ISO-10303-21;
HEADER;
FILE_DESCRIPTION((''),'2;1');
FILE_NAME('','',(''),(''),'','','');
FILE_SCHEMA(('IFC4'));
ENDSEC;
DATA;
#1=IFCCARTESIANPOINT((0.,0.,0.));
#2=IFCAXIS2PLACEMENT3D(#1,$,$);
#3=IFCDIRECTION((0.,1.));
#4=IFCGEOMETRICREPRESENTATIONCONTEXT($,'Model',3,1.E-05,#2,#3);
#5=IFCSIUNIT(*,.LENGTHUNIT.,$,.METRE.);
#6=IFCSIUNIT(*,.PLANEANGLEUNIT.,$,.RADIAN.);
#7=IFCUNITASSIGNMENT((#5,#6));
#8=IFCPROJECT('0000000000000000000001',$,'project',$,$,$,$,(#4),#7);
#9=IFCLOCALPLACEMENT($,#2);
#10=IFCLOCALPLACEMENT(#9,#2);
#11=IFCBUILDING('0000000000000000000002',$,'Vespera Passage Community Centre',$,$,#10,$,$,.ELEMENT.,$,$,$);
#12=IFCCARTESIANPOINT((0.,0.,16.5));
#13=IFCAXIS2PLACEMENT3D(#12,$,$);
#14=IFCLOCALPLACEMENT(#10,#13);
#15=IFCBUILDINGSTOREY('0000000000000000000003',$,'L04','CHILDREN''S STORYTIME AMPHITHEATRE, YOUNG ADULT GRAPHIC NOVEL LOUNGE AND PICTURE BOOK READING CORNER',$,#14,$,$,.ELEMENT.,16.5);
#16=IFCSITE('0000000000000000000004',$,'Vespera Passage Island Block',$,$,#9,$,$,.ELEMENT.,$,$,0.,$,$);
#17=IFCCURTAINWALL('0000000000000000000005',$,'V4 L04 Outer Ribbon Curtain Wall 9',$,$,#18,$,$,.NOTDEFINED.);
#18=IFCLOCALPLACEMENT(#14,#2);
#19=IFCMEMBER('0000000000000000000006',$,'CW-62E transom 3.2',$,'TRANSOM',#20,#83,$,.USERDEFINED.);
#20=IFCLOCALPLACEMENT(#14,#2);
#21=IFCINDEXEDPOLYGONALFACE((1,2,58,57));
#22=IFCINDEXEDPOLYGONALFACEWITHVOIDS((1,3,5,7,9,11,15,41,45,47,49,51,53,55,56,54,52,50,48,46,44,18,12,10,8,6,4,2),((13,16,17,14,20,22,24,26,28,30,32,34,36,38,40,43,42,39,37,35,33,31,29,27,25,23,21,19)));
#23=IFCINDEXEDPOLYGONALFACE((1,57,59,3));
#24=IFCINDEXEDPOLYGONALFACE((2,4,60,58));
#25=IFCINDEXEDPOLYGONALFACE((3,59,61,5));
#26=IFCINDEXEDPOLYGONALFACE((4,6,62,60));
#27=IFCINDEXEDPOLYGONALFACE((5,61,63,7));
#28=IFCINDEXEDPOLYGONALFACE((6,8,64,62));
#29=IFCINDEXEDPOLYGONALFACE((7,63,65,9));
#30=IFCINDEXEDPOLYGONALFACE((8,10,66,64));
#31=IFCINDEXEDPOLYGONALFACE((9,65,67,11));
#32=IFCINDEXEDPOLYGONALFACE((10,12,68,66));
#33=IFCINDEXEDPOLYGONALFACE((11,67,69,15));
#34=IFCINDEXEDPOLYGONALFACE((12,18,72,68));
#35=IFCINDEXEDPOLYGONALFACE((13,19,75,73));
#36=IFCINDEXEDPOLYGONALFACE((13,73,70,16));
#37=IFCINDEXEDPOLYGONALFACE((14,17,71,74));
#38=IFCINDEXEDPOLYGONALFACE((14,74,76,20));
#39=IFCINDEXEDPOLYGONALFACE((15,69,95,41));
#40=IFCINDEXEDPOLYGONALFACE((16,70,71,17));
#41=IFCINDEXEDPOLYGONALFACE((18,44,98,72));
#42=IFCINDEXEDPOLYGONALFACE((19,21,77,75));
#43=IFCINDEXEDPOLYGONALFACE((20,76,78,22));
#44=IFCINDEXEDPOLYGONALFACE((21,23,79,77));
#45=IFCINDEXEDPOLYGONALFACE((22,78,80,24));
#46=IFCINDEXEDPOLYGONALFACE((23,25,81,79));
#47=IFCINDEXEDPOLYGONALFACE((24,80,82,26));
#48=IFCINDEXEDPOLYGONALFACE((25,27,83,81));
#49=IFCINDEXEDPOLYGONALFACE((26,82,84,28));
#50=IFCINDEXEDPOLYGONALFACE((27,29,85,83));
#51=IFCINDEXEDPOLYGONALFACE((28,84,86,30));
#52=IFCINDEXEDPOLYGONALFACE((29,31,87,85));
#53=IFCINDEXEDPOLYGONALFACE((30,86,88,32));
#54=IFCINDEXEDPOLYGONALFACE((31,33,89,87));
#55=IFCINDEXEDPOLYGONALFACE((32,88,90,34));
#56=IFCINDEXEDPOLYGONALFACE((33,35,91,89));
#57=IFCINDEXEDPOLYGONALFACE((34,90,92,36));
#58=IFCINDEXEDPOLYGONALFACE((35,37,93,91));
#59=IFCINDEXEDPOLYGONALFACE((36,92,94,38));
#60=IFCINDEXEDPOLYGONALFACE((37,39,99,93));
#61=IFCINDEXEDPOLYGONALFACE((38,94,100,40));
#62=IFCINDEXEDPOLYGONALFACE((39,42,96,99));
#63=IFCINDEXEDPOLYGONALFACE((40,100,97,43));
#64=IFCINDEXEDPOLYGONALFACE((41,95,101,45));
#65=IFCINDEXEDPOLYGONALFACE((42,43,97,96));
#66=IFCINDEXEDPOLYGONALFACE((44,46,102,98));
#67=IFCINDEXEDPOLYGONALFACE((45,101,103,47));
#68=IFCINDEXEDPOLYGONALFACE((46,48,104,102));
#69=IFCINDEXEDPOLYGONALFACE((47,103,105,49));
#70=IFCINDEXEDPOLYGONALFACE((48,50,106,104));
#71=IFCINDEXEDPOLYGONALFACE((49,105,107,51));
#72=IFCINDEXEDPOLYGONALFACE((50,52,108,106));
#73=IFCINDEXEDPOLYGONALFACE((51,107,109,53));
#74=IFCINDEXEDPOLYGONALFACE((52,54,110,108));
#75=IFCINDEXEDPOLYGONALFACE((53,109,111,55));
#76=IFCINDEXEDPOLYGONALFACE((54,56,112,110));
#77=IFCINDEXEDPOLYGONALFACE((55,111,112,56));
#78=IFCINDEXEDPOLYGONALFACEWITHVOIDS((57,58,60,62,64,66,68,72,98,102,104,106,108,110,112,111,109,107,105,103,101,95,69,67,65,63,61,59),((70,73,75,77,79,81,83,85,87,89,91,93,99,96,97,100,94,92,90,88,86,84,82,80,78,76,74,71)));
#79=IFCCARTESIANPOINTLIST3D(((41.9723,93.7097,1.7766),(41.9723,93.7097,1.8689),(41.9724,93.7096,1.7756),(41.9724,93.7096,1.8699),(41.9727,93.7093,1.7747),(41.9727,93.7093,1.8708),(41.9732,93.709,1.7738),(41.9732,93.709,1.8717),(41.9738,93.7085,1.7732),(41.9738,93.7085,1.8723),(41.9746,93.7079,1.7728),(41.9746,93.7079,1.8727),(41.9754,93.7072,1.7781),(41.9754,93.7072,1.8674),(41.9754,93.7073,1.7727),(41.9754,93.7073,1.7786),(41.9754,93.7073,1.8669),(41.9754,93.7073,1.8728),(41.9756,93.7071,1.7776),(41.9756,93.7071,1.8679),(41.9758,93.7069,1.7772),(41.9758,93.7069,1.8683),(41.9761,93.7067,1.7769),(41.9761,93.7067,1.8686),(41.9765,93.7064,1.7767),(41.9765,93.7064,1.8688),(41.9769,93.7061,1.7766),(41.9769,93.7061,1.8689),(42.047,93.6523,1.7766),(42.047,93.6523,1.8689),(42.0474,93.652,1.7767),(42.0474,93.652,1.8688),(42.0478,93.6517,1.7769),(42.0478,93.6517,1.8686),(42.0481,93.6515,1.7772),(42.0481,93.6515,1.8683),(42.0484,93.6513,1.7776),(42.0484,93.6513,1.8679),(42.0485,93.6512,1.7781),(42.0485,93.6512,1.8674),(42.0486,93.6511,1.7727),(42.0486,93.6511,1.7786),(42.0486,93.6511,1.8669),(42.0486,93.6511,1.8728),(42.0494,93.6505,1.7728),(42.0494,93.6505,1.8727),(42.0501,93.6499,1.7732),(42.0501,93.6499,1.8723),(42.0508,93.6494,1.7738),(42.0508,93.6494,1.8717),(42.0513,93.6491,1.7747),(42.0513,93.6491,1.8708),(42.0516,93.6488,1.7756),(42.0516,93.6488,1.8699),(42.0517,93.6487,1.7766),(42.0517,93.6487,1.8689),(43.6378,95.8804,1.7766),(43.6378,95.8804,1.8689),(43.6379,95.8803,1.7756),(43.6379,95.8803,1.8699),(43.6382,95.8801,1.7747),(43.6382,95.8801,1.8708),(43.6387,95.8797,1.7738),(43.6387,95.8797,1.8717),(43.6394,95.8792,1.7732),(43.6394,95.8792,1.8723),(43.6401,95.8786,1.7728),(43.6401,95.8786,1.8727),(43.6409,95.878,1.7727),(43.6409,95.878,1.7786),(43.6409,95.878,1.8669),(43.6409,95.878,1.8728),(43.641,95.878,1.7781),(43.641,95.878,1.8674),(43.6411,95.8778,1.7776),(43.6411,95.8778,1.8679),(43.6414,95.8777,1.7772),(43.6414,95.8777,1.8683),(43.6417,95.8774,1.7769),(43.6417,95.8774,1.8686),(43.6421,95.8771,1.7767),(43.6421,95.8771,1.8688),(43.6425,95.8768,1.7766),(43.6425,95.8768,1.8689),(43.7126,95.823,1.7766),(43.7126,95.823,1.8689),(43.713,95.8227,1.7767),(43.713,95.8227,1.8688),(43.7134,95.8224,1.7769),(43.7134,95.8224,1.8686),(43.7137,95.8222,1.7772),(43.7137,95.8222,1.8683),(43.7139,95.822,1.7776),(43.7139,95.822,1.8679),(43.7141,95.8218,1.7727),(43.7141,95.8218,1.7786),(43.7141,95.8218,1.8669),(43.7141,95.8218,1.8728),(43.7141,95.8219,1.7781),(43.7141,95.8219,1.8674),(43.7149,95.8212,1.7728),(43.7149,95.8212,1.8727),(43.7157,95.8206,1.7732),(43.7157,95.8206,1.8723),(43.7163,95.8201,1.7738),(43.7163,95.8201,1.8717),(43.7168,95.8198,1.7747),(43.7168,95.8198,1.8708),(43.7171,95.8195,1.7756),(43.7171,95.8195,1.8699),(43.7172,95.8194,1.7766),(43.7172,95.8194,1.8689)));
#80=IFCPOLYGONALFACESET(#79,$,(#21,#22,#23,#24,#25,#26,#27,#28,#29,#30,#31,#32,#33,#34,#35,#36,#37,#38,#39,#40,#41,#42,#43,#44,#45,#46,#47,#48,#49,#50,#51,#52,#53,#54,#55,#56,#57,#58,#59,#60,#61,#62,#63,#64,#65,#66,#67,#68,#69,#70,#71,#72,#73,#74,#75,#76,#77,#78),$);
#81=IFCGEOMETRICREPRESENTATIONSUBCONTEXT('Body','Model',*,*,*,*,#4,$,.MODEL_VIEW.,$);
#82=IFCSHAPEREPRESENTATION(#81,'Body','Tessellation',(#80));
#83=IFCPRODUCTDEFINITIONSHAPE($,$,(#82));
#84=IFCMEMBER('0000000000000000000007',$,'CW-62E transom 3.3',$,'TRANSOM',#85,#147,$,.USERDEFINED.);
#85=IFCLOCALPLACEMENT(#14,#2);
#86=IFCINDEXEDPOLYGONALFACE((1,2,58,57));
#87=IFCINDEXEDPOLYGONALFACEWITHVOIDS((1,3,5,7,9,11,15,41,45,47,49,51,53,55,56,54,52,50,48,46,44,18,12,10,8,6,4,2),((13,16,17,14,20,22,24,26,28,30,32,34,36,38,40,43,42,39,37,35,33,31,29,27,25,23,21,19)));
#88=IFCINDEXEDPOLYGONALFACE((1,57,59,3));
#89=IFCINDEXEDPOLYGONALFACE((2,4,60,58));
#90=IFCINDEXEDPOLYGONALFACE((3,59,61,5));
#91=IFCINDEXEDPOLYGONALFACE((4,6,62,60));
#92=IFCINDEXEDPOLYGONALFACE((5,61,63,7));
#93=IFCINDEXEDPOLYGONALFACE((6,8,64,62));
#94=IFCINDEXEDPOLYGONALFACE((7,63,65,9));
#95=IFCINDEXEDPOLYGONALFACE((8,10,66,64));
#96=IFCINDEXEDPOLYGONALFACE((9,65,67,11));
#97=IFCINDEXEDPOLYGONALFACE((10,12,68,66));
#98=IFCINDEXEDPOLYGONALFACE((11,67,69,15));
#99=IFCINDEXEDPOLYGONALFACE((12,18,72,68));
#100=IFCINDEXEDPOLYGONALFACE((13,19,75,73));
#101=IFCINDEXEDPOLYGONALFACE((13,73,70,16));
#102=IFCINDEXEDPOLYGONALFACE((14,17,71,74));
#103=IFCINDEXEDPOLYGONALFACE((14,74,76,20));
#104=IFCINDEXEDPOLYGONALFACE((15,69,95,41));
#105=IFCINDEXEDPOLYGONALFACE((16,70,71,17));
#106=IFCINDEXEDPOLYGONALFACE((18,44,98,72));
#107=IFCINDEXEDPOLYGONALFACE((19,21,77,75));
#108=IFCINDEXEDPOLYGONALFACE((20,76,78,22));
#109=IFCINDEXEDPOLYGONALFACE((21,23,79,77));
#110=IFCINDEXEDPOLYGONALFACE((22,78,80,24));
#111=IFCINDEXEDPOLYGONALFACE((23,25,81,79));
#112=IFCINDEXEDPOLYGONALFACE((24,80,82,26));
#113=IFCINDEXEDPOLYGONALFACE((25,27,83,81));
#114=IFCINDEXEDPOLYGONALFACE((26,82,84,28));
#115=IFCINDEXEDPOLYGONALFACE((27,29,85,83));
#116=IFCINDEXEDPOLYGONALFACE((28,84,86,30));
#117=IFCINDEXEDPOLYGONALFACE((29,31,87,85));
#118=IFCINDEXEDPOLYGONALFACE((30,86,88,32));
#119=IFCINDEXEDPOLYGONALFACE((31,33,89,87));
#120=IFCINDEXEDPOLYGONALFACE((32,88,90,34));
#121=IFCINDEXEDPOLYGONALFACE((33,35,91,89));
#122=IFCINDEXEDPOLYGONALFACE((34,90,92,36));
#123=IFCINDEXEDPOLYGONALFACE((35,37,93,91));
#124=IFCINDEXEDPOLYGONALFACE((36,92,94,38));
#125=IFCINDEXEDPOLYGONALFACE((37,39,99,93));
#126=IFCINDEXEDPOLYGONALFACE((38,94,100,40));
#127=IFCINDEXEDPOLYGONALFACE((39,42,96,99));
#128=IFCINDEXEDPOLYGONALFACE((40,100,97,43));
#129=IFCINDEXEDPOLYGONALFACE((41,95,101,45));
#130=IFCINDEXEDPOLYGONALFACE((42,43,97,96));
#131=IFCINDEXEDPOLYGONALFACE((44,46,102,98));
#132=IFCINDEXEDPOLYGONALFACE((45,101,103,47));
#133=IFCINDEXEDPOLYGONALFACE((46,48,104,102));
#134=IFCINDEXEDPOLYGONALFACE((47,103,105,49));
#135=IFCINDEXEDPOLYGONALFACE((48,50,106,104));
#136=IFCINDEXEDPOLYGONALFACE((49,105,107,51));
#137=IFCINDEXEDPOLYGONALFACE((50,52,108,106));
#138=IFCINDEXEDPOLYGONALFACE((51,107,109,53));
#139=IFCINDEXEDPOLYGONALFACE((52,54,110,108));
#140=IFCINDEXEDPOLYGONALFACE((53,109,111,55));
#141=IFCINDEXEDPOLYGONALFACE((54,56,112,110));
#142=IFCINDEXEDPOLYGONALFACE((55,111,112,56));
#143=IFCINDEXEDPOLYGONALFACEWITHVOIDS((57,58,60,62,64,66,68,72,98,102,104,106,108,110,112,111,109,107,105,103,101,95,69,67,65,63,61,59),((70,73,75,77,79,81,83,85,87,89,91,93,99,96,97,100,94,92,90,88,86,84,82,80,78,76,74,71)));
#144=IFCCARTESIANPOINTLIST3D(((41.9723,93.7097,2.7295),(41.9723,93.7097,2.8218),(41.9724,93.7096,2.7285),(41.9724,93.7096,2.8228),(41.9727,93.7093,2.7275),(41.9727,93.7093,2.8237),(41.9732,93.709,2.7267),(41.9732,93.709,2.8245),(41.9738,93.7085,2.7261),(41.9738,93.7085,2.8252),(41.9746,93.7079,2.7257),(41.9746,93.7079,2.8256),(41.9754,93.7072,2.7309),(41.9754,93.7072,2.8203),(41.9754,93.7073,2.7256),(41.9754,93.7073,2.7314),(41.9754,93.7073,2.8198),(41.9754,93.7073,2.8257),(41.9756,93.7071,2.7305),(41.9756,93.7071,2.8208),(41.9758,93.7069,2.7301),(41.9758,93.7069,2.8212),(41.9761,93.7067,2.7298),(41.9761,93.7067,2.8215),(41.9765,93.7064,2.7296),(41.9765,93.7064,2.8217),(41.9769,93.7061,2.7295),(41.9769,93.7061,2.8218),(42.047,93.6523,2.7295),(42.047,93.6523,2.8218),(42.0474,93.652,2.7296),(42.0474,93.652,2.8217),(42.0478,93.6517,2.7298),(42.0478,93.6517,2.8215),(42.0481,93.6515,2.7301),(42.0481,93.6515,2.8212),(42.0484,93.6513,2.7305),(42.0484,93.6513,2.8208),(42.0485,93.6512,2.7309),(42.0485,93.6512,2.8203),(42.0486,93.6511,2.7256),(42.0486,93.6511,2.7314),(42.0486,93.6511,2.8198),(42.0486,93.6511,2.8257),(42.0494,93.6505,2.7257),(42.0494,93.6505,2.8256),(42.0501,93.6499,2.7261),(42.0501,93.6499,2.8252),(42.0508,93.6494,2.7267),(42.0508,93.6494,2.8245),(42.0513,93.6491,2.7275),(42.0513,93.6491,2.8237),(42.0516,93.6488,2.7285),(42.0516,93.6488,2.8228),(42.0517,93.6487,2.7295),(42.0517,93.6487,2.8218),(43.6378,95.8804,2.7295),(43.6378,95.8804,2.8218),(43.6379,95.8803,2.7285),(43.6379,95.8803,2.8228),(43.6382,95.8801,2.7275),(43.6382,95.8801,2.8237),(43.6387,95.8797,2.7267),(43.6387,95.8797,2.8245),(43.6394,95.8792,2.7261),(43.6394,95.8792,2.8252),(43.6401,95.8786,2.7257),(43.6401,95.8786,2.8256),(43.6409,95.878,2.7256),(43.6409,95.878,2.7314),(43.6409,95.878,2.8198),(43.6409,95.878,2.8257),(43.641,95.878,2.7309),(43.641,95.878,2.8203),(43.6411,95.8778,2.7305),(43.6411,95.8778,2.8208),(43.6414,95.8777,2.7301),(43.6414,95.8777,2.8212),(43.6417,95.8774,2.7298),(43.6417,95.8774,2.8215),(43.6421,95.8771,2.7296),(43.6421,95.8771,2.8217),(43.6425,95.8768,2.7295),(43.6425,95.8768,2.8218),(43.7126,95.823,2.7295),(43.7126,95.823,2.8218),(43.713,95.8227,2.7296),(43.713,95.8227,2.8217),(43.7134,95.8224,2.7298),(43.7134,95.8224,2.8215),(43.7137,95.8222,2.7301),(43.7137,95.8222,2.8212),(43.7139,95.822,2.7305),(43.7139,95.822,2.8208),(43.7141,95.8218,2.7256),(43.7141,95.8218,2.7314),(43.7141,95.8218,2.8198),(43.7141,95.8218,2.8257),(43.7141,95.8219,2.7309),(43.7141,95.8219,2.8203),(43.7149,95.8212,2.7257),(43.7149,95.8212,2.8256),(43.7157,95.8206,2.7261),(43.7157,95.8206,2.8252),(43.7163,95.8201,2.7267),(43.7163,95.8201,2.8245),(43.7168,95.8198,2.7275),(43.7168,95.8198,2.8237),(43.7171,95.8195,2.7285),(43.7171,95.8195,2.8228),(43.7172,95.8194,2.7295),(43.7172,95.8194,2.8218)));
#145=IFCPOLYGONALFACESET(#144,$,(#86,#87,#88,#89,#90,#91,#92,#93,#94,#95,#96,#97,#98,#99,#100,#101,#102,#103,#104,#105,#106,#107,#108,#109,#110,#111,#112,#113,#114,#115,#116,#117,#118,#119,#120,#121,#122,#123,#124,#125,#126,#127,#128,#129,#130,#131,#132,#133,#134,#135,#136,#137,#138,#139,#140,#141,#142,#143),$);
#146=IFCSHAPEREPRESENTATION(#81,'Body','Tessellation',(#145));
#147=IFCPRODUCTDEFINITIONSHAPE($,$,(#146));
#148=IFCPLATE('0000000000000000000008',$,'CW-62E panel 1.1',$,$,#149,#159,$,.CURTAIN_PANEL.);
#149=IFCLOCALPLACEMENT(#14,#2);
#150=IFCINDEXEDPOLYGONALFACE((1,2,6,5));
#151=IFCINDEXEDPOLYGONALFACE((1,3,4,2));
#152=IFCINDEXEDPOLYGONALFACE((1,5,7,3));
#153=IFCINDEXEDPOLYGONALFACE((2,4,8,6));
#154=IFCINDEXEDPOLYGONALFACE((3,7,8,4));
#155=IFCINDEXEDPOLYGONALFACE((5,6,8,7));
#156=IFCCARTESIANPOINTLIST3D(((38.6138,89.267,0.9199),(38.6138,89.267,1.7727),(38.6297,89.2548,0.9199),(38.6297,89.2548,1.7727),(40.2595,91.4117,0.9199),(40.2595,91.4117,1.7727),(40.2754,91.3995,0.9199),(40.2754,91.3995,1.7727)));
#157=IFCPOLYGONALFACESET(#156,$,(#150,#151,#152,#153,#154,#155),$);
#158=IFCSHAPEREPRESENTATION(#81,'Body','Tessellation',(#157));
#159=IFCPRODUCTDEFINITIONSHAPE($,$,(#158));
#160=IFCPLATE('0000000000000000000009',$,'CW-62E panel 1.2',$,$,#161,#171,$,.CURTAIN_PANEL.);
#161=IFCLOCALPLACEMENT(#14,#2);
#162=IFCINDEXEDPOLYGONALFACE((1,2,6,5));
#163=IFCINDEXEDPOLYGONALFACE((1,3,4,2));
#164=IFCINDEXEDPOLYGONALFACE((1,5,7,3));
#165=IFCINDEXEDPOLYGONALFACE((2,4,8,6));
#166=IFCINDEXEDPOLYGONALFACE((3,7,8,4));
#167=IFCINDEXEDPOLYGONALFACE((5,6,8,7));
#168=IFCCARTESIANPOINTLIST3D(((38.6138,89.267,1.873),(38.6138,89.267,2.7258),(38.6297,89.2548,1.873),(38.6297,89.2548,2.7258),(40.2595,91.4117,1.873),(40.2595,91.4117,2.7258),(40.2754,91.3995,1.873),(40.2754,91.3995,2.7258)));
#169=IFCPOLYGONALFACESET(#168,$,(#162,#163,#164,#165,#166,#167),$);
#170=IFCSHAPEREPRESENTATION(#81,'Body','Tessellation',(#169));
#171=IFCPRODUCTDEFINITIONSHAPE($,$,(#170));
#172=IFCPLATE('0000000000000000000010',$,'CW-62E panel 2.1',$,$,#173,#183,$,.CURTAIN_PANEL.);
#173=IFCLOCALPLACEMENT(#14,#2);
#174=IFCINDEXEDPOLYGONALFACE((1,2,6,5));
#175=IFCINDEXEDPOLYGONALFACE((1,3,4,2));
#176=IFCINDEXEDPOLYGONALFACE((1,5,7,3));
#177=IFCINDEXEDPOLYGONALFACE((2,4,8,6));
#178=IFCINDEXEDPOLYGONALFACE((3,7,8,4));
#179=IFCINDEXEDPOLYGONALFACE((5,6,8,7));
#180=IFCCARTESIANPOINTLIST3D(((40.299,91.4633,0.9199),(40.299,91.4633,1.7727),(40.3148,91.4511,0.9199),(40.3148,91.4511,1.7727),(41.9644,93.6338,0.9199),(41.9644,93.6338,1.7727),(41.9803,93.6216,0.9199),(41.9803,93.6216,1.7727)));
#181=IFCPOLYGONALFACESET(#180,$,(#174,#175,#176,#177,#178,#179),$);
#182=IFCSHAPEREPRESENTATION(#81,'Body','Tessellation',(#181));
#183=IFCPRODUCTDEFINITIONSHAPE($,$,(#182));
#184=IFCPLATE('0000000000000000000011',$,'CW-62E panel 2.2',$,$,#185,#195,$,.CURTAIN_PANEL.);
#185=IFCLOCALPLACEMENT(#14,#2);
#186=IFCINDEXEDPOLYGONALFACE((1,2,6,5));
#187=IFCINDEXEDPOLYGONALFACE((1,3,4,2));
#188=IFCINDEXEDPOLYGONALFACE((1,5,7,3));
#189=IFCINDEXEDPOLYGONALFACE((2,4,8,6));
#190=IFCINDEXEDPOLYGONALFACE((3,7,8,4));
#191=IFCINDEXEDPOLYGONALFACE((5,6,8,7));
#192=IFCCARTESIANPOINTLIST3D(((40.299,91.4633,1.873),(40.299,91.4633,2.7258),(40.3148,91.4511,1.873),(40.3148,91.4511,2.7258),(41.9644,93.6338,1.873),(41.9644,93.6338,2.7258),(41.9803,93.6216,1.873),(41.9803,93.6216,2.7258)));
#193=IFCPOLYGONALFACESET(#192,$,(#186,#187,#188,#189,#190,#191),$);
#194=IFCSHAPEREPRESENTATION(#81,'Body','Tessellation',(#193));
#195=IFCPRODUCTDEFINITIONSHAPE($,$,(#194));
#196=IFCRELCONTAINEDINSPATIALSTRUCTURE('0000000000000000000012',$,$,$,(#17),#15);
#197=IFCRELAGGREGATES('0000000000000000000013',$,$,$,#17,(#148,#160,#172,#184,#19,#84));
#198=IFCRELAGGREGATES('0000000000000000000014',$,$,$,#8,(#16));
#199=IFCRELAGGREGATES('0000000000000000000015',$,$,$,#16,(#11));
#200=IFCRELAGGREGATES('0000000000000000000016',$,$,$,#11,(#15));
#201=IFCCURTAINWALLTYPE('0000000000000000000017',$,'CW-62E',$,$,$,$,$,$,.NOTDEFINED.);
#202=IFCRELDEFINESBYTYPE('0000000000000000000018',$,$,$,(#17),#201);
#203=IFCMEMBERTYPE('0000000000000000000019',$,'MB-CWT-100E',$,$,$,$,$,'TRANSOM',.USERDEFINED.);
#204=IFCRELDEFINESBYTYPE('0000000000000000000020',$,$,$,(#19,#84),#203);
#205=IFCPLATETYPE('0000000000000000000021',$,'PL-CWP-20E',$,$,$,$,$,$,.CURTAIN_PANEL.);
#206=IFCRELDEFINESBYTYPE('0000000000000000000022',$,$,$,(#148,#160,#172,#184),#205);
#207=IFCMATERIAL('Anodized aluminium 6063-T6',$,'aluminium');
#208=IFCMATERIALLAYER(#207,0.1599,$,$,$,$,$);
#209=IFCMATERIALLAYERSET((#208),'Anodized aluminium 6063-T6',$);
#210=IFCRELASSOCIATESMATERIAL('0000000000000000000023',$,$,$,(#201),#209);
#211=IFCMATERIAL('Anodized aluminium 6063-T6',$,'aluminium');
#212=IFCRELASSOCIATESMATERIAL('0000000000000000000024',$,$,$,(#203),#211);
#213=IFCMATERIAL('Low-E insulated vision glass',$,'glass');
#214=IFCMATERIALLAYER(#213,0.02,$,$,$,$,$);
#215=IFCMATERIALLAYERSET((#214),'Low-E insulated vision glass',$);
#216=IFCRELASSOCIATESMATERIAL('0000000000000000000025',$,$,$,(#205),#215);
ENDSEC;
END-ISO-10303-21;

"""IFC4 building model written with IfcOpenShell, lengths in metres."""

from ifc_helpers import new_model, si_unit, direction, frame, origin, origin_2d, place, context, subcontext, project, spatial, rectangle, hollow_rectangle, extrude, material, layer, layer_set, material_profile, profile_set, type_object, element, aggregate, save


model = new_model("IFC4")

# Units and contexts
model_context = context("Model", 3, precision=1e-05, world=origin(), true_north=direction((0.0, 1.0)))
body_context = subcontext(model_context, "Body", "Model", "MODEL_VIEW")
ifc_project = project(units=[si_unit("LENGTHUNIT", "METRE"), si_unit("PLANEANGLEUNIT", "RADIAN")], contexts=[model_context])

# Site, building, storey
site_placement = place(None, origin())
site = spatial("IfcSite", under=ifc_project, at=site_placement, Name="Vespera Passage Island Block", CompositionType="ELEMENT", RefElevation=0.0)
building_placement = place(site_placement, origin())
building = spatial("IfcBuilding", under=site, at=building_placement, Name="Vespera Passage Community Centre", CompositionType="ELEMENT")
storey_placement = place(building_placement, frame((0.0, 0.0, 16.5)))
storey = spatial("IfcBuildingStorey", under=building, at=storey_placement, Name="L04", Description="CHILDREN'S STORYTIME AMPHITHEATRE, YOUNG ADULT GRAPHIC NOVEL LOUNGE AND PICTURE BOOK READING CORNER", CompositionType="ELEMENT", Elevation=16.5)

# Curtain wall, members, plates
ifc_material_1 = material(Name="Anodized aluminium 6063-T6", Category="aluminium")
ifc_layer_1 = layer(ifc_material_1, 0.1599)
ifc_layer_set_1 = layer_set([ifc_layer_1], Name="Anodized aluminium 6063-T6")
curtain_wall_type = type_object("IfcCurtainWallType", Name="CW-62E", PredefinedType="NOTDEFINED", material=ifc_layer_set_1)
curtain_wall_placement = place(storey_placement, origin())
curtain_wall = element("IfcCurtainWall", 1, at=curtain_wall_placement, inside=storey, type_object=curtain_wall_type, Name="V4 L04 Outer Ribbon Curtain Wall 9", PredefinedType="NOTDEFINED")
ifc_material_2 = material(Name="Anodized aluminium 6063-T6", Category="aluminium")
ifc_material_profile_1 = material_profile(ifc_material_2, hollow_rectangle(XDim=0.1001, YDim=0.1001, WallThickness=0.0039, InnerFilletRadius=0.002, OuterFilletRadius=0.0039, at=origin_2d()), Name="ALU100X100X4")
ifc_profile_set_1 = profile_set([ifc_material_profile_1], Name="Anodized aluminium 6063-T6")
member_type_1 = type_object("IfcMemberType", Name="MB-CWT-100E", ElementType="TRANSOM", PredefinedType="USERDEFINED", material=ifc_profile_set_1)
member_1_placement = place(storey_placement, frame((42.012, 93.6792, 1.8228), z_axis=(0.608744, 0.793366, 0.0), x_axis=(-0.793366, 0.608744, 0.0)))
member_1 = element("IfcMember", 2, at=member_1_placement, type_object=member_type_1, Name="CW-62E transom 3.2", ObjectType="TRANSOM", PredefinedType="USERDEFINED", context=body_context, shape_type="SweptSolid", body=[
    extrude(hollow_rectangle(XDim=0.1001, YDim=0.1001, WallThickness=0.0039, InnerFilletRadius=0.002, OuterFilletRadius=0.0039, at=origin_2d()), origin(), (0.0, 0.0, 1.0), 2.7361),
])
member_2_placement = place(storey_placement, frame((42.012, 93.6792, 2.7756), z_axis=(0.608744, 0.793366, 0.0), x_axis=(-0.793366, 0.608744, 0.0)))
member_2 = element("IfcMember", 3, at=member_2_placement, type_object=member_type_1, Name="CW-62E transom 3.3", ObjectType="TRANSOM", PredefinedType="USERDEFINED", context=body_context, shape_type="SweptSolid", body=[
    extrude(hollow_rectangle(XDim=0.1001, YDim=0.1001, WallThickness=0.0039, InnerFilletRadius=0.002, OuterFilletRadius=0.0039, at=origin_2d()), origin(), (0.0, 0.0, 1.0), 2.7361),
])
ifc_material_3 = material(Name="Low-E insulated vision glass", Category="glass")
ifc_layer_2 = layer(ifc_material_3, 0.02)
ifc_layer_set_2 = layer_set([ifc_layer_2], Name="Low-E insulated vision glass")
plate_type = type_object("IfcPlateType", Name="PL-CWP-20E", PredefinedType="CURTAIN_PANEL", material=ifc_layer_set_2)
plate_1_placement = place(storey_placement, frame((39.4446, 90.3333, 0.9199), z_axis=(0.0, 0.0, 1.0), x_axis=(0.608765, 0.79335, 0.0)))
plate_1 = element("IfcPlate", 4, at=plate_1_placement, type_object=plate_type, Name="CW-62E panel 1.1", PredefinedType="CURTAIN_PANEL", context=body_context, shape_type="SweptSolid", body=[
    extrude(rectangle(XDim=2.7034, YDim=0.02, at=origin_2d()), origin(), (0.0, 0.0, 1.0), 0.8528),
])
plate_2_placement = place(storey_placement, frame((39.4446, 90.3333, 1.873), z_axis=(0.0, 0.0, 1.0), x_axis=(0.608765, 0.79335, 0.0)))
plate_2 = element("IfcPlate", 5, at=plate_2_placement, type_object=plate_type, Name="CW-62E panel 1.2", PredefinedType="CURTAIN_PANEL", context=body_context, shape_type="SweptSolid", body=[
    extrude(rectangle(XDim=2.7034, YDim=0.02, at=origin_2d()), origin(), (0.0, 0.0, 1.0), 0.8528),
])
plate_3_placement = place(storey_placement, frame((41.1396, 92.5425, 0.9199), z_axis=(0.0, 0.0, 1.0), x_axis=(0.608765, 0.79335, 0.0)))
plate_3 = element("IfcPlate", 6, at=plate_3_placement, type_object=plate_type, Name="CW-62E panel 2.1", PredefinedType="CURTAIN_PANEL", context=body_context, shape_type="SweptSolid", body=[
    extrude(rectangle(XDim=2.7358, YDim=0.02, at=origin_2d()), origin(), (0.0, 0.0, 1.0), 0.8528),
])
plate_4_placement = place(storey_placement, frame((41.1396, 92.5425, 1.873), z_axis=(0.0, 0.0, 1.0), x_axis=(0.608765, 0.79335, 0.0)))
plate_4 = element("IfcPlate", 7, at=plate_4_placement, type_object=plate_type, Name="CW-62E panel 2.2", PredefinedType="CURTAIN_PANEL", context=body_context, shape_type="SweptSolid", body=[
    extrude(rectangle(XDim=2.7358, YDim=0.02, at=origin_2d()), origin(), (0.0, 0.0, 1.0), 0.8528),
])
aggregate(curtain_wall, [plate_1, plate_2, plate_3, plate_4, member_1, member_2])

save(model, "model.ifc")
